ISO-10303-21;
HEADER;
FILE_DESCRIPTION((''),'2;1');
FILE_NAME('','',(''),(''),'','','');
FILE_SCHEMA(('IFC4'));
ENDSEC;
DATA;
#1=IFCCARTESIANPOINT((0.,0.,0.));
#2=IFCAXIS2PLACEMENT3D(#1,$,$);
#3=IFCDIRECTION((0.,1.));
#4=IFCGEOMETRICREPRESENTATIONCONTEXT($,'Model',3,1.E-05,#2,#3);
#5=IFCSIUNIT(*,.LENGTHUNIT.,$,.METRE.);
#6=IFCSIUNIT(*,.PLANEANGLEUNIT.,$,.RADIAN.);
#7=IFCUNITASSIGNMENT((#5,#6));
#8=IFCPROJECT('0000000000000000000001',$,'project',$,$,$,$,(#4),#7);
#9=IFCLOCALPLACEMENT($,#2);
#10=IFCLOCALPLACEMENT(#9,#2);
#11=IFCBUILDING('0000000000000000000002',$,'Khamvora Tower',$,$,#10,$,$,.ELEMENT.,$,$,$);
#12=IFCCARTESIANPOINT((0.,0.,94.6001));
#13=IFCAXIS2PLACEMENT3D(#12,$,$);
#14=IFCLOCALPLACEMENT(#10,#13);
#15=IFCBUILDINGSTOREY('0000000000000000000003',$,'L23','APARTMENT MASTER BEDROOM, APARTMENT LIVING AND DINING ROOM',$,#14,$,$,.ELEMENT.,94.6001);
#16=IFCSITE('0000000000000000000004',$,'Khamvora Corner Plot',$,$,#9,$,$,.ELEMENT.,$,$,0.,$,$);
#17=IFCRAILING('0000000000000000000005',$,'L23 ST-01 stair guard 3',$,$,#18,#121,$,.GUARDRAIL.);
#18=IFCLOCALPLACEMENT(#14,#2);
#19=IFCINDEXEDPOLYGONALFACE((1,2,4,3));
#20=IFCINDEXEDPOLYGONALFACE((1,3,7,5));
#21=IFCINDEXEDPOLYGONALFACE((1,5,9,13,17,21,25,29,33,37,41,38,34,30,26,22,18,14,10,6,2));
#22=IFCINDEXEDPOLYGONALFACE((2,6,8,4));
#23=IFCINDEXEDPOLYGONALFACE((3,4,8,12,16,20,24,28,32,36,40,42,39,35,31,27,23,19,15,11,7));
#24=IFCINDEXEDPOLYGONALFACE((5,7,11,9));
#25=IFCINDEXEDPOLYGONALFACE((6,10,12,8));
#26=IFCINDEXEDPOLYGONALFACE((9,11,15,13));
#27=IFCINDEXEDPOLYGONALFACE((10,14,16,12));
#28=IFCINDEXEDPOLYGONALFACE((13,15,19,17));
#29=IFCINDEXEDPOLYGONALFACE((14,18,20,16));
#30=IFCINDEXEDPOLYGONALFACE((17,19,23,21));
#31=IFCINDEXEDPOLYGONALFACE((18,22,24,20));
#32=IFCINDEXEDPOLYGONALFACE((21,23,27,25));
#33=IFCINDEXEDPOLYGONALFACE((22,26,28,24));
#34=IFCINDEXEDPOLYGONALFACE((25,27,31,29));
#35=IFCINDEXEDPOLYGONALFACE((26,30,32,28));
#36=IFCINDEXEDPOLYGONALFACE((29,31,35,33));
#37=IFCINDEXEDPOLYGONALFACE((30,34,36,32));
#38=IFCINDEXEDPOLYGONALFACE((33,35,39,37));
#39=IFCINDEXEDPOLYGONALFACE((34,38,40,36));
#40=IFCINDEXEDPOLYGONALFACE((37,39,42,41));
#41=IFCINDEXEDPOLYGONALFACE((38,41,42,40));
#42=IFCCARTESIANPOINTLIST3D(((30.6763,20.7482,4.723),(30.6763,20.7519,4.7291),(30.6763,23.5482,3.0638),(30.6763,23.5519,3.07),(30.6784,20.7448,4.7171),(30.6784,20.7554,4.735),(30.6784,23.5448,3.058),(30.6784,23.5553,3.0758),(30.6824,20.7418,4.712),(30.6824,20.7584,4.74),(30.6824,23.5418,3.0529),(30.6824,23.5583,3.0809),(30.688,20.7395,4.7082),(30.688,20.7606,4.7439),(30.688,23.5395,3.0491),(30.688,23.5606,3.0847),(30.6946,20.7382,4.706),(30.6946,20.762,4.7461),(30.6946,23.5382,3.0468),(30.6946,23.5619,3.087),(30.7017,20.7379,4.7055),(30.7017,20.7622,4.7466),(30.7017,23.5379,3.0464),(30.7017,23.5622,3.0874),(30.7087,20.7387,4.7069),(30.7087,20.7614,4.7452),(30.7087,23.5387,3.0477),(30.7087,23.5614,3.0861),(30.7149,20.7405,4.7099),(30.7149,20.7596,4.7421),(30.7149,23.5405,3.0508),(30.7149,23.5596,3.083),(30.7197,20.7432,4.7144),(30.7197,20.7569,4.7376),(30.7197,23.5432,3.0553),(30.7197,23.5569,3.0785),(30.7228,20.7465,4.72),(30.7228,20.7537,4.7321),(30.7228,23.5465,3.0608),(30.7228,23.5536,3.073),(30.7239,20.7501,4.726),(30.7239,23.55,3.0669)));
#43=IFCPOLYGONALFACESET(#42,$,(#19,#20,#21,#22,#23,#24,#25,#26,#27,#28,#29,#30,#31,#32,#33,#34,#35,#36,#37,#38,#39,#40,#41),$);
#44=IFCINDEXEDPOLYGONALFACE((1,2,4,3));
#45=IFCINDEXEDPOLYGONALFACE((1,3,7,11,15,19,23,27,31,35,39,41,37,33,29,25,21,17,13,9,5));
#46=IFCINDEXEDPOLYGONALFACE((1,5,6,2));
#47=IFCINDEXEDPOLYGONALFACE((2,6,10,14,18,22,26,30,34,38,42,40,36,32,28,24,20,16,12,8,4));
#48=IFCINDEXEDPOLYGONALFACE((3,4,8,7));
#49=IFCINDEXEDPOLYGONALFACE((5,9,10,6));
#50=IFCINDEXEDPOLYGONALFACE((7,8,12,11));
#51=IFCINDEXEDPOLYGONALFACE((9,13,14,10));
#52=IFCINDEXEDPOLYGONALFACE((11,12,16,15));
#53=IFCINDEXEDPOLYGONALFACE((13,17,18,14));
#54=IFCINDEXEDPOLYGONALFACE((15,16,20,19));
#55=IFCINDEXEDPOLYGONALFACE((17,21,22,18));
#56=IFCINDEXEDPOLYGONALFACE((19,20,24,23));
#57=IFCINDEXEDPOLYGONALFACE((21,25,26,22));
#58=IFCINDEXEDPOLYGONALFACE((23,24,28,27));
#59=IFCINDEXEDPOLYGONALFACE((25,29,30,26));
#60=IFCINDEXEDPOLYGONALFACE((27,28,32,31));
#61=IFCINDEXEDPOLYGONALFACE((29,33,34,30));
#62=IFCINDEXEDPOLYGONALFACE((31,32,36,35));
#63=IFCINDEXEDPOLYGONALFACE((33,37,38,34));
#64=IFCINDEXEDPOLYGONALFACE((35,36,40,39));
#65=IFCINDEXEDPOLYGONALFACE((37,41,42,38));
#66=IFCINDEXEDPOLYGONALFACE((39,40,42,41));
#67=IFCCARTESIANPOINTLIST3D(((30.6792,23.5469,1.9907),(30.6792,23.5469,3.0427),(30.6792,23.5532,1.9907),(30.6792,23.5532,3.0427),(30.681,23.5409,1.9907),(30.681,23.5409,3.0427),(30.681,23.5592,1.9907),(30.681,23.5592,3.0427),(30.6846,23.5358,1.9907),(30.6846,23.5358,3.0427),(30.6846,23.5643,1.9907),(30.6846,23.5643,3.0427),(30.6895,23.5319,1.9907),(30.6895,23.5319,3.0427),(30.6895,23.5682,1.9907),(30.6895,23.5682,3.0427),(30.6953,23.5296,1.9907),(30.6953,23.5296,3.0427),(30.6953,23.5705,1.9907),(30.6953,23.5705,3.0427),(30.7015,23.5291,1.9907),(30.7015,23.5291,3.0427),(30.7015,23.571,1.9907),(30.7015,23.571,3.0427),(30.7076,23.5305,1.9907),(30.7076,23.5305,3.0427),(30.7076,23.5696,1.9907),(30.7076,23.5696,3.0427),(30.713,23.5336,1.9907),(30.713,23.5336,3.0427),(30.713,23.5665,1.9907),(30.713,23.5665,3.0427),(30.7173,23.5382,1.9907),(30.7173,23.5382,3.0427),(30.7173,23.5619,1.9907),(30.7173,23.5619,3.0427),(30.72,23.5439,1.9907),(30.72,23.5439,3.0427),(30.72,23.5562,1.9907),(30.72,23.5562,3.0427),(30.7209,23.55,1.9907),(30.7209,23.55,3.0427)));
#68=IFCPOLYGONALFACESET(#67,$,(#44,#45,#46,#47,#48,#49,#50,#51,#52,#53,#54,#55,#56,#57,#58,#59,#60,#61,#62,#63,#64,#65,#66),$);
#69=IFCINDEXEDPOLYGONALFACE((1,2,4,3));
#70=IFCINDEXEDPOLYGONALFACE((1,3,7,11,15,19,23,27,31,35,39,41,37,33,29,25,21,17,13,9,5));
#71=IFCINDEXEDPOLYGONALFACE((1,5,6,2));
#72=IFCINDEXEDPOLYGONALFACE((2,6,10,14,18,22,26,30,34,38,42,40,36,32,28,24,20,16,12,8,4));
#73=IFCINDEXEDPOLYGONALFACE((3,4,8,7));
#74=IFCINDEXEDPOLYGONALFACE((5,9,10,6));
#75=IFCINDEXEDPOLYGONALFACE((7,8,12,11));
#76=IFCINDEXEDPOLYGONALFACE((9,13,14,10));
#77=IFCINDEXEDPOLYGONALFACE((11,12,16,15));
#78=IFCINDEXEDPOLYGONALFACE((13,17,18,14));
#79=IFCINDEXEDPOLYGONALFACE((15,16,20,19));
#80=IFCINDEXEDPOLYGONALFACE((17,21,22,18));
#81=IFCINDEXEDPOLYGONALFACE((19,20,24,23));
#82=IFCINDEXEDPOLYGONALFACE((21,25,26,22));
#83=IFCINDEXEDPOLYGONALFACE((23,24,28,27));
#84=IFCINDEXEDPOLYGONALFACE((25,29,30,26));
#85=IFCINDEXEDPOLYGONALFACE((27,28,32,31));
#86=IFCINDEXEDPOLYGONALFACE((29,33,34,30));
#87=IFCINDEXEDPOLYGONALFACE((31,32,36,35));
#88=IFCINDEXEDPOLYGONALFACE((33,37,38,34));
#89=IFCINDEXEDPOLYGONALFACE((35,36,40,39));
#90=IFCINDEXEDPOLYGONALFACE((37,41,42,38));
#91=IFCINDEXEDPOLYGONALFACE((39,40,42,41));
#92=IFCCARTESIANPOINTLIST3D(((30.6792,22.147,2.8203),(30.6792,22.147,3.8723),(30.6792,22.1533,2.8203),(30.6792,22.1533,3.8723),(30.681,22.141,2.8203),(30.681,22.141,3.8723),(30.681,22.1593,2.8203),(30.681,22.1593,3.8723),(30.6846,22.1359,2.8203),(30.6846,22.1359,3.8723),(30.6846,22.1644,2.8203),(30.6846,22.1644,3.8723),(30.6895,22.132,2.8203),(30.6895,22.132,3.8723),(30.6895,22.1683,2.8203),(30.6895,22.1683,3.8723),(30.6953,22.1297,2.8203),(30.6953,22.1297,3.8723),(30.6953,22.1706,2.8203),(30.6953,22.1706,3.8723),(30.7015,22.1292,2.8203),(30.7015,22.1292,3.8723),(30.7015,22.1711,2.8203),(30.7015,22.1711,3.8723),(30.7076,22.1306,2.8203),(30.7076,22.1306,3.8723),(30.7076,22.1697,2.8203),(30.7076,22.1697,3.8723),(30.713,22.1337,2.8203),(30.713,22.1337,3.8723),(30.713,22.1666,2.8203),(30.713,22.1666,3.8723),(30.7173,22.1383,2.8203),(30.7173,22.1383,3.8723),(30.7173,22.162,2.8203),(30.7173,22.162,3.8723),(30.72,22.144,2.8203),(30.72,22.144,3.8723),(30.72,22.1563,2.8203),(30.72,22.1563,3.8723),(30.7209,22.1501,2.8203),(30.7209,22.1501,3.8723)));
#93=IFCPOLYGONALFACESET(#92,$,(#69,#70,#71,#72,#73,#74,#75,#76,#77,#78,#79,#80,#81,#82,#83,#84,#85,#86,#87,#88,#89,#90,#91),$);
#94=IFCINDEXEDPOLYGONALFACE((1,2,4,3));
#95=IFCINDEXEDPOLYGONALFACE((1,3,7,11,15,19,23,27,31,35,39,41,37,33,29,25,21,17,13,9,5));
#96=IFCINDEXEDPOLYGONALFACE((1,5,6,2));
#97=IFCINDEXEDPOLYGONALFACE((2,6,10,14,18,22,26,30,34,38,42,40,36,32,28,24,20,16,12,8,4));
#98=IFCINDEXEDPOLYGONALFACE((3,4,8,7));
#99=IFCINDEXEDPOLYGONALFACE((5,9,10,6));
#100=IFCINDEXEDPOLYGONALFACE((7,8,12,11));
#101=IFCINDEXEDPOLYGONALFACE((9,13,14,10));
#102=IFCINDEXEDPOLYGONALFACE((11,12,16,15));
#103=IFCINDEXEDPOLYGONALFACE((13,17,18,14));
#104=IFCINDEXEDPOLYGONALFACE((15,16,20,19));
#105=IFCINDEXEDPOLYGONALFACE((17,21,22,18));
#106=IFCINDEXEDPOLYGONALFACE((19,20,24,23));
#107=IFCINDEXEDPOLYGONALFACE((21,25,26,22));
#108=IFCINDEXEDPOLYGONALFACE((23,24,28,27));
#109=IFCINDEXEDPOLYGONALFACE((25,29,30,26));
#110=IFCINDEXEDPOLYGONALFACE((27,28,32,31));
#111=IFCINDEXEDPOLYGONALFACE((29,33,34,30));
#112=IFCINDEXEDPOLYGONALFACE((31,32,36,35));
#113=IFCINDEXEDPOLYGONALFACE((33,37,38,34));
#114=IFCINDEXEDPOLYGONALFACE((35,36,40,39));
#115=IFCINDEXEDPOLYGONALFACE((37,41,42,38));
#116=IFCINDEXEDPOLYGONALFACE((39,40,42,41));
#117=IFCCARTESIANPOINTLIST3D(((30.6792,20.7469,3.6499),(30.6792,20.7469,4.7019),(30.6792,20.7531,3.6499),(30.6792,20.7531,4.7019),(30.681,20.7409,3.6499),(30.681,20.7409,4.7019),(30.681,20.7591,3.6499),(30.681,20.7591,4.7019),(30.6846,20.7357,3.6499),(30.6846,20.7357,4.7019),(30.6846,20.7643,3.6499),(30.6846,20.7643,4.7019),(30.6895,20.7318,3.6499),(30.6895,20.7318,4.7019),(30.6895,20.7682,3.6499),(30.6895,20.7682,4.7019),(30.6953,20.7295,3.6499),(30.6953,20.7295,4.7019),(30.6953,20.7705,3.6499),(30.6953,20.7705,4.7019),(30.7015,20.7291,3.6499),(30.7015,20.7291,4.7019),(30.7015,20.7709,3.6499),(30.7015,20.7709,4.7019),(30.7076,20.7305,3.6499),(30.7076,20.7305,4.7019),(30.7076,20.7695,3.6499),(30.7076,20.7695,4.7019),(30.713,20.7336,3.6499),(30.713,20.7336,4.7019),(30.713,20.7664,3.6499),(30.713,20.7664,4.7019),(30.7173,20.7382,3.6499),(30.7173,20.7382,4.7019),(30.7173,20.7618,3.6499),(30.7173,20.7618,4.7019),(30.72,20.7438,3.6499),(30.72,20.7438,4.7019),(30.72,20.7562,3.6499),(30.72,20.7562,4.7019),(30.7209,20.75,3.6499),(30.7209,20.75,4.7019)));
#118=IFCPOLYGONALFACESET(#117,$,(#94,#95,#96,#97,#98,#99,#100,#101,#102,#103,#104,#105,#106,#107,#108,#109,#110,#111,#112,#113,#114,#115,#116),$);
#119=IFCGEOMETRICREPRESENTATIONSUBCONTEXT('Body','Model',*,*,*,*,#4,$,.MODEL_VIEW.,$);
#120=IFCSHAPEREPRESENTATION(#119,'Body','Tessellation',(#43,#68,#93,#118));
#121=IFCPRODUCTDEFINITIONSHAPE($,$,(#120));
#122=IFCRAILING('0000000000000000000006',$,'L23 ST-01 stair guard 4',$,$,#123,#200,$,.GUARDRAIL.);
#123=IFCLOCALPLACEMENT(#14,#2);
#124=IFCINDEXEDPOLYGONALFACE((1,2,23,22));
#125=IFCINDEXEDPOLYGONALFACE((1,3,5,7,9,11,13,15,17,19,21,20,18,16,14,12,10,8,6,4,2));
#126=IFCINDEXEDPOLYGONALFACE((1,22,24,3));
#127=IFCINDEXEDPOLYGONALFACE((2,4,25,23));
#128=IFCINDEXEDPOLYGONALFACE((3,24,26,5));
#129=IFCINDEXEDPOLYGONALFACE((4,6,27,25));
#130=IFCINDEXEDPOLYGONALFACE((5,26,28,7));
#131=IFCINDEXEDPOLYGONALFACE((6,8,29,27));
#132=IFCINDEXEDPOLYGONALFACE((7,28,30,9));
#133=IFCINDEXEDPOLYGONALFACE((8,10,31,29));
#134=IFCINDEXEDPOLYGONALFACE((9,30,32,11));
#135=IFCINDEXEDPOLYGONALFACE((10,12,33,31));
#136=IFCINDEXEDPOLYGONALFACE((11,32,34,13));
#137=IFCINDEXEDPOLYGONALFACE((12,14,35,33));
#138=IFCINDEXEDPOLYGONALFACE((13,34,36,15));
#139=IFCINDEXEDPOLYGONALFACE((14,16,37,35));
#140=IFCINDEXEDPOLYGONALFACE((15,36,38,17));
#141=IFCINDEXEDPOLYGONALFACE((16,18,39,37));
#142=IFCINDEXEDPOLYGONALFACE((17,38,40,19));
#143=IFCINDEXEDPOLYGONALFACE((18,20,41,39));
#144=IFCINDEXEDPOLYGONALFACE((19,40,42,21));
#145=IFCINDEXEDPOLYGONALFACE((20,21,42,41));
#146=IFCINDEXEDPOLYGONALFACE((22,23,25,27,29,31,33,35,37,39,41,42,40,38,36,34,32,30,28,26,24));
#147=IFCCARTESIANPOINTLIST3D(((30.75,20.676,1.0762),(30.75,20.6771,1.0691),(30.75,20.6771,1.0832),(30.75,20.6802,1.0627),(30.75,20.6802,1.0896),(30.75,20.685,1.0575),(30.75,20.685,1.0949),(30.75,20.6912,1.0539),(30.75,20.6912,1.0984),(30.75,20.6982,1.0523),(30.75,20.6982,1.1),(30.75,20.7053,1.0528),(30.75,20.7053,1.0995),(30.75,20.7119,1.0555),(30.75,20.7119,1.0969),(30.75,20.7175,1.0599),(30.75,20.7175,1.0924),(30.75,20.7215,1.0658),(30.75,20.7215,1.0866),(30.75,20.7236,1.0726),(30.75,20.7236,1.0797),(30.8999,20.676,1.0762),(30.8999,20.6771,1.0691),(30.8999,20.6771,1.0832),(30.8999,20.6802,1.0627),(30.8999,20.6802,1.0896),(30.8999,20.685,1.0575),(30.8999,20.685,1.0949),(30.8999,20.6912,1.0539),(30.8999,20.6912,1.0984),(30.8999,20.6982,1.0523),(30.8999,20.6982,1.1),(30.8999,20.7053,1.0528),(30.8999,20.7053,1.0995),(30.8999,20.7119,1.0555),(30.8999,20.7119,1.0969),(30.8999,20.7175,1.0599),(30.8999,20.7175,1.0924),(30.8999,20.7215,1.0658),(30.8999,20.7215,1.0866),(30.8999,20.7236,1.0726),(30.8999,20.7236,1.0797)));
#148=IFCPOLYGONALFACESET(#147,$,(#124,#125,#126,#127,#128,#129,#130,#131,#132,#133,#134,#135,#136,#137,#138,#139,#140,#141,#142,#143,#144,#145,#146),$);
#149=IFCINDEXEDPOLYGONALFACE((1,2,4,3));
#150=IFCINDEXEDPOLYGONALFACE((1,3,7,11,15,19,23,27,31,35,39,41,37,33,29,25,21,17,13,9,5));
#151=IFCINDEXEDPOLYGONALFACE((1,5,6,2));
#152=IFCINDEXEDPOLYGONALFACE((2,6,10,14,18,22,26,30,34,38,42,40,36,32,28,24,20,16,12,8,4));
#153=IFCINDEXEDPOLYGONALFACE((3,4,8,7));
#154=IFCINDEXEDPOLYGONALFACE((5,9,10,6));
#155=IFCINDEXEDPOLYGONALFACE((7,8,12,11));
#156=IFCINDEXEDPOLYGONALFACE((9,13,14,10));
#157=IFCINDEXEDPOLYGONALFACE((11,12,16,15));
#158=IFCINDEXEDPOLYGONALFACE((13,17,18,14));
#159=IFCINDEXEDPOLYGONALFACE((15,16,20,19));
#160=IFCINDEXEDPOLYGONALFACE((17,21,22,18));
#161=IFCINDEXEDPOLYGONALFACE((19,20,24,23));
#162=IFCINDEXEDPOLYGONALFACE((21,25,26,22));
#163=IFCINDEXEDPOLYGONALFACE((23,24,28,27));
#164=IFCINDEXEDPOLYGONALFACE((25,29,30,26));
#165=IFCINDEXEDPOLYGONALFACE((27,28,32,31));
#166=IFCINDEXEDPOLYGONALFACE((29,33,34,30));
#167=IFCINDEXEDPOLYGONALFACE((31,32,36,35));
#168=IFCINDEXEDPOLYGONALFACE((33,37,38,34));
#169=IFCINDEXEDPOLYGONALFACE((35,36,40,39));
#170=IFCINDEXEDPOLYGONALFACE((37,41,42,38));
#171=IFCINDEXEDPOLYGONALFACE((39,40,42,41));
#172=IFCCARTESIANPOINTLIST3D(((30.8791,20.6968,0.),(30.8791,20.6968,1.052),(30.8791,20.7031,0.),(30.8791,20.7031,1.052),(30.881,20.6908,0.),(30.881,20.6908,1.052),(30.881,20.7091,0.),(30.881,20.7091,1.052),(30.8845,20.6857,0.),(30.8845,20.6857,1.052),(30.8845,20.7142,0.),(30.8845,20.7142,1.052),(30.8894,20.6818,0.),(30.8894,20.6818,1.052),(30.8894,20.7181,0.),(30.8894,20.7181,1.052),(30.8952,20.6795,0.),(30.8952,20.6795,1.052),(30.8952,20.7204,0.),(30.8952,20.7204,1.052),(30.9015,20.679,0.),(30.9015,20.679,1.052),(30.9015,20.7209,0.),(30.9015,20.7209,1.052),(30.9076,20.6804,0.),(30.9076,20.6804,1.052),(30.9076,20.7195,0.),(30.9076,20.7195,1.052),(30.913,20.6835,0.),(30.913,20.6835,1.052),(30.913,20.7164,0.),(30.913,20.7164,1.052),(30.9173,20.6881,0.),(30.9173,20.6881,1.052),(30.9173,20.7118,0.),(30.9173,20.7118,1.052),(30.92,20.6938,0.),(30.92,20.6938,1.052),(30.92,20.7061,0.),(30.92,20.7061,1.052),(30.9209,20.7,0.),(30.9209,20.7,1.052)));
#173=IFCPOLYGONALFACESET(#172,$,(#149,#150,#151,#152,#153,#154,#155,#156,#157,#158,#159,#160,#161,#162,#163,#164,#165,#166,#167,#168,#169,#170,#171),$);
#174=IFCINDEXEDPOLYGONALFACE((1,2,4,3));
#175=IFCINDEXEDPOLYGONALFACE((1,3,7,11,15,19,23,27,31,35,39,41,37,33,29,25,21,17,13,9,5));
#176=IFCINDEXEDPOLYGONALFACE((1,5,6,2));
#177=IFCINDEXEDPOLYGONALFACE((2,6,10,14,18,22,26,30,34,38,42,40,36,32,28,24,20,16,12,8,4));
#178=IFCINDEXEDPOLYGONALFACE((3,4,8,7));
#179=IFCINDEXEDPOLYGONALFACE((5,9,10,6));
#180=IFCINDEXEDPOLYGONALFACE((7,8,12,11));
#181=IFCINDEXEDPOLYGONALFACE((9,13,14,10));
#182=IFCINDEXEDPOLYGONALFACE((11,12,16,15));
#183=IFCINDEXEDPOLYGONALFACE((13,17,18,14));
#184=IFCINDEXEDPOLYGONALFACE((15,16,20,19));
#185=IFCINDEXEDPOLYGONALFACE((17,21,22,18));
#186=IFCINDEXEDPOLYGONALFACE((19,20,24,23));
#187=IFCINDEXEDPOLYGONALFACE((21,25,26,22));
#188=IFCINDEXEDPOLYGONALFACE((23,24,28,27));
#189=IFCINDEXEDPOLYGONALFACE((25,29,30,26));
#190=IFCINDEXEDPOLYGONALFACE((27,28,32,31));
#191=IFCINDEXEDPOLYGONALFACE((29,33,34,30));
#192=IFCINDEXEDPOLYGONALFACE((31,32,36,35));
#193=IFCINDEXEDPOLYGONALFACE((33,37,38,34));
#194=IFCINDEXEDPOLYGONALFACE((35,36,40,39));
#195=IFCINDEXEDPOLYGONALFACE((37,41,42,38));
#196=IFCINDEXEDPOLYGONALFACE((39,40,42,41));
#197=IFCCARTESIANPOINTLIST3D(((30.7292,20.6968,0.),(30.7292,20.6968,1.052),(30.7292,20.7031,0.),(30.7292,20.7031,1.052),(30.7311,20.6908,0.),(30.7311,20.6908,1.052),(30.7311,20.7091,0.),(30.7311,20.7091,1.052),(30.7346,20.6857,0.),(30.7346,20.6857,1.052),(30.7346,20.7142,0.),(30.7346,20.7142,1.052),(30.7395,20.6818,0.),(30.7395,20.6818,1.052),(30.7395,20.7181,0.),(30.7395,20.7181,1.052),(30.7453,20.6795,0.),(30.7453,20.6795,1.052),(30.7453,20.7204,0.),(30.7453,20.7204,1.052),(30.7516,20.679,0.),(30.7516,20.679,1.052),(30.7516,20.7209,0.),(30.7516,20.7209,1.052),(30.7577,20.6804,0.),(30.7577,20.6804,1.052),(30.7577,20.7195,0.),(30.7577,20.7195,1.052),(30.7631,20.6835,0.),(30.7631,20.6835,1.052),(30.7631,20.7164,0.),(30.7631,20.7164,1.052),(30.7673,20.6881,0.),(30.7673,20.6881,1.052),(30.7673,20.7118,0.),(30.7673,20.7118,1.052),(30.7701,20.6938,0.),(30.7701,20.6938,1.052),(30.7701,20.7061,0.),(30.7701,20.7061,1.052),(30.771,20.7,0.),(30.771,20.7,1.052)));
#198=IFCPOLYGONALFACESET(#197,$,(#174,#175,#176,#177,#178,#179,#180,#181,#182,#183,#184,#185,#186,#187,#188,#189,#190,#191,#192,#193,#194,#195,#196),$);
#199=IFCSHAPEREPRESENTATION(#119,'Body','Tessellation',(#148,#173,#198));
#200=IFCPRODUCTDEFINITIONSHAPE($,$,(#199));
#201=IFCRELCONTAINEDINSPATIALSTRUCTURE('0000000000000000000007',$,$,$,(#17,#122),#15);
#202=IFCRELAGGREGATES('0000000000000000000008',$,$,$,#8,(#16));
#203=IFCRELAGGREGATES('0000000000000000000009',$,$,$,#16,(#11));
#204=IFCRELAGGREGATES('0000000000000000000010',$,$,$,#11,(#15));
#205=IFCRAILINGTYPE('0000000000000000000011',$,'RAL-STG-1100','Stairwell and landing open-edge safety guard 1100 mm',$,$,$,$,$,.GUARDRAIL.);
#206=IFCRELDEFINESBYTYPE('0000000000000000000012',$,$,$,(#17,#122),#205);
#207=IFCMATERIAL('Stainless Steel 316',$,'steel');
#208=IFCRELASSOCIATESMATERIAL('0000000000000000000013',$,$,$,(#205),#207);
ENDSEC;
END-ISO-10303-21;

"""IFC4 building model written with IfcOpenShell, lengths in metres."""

from ifc_helpers import new_model, si_unit, direction, frame, origin, origin_2d, place, context, subcontext, project, spatial, circle, extrude, material, type_object, element, save


model = new_model("IFC4")

# Units and contexts
model_context = context("Model", 3, precision=1e-05, world=origin(), true_north=direction((0.0, 1.0)))
body_context = subcontext(model_context, "Body", "Model", "MODEL_VIEW")
ifc_project = project(units=[si_unit("LENGTHUNIT", "METRE"), si_unit("PLANEANGLEUNIT", "RADIAN")], contexts=[model_context])

# Site, building, storey
site_placement = place(None, origin())
site = spatial("IfcSite", under=ifc_project, at=site_placement, Name="Khamvora Corner Plot", CompositionType="ELEMENT", RefElevation=0.0)
building_placement = place(site_placement, origin())
building = spatial("IfcBuilding", under=site, at=building_placement, Name="Khamvora Tower", CompositionType="ELEMENT")
storey_placement = place(building_placement, frame((0.0, 0.0, 94.6001)))
storey = spatial("IfcBuildingStorey", under=building, at=storey_placement, Name="L23", Description="APARTMENT MASTER BEDROOM, APARTMENT LIVING AND DINING ROOM", CompositionType="ELEMENT", Elevation=94.6001)

# Railings
ifc_material_1 = material(Name="Stainless Steel 316", Category="steel")
railing_type_1 = type_object("IfcRailingType", Name="RAL-STG-1100", Description="Stairwell and landing open-edge safety guard 1100 mm", PredefinedType="GUARDRAIL", material=ifc_material_1)
railing_1_placement = place(storey_placement, frame((30.7, 23.55, 1.9907)))
element("IfcRailing", 1, at=railing_1_placement, inside=storey, type_object=railing_type_1, Name="L23 ST-01 stair guard 3", PredefinedType="GUARDRAIL", context=body_context, shape_type="SweptSolid", body=[
    extrude(circle(Radius=0.0239, at=origin_2d()), frame((0.0, 0.0, 1.0762), z_axis=(0.0, -0.860306, 0.509778), x_axis=(1.0, 0.0, 0.0)), (0.0, 0.0, 1.0), 3.2546),
    extrude(circle(Radius=0.021, at=origin_2d()), origin(), (0.0, 0.0, 1.0), 1.052),
    extrude(circle(Radius=0.021, at=origin_2d()), frame((0.0, -1.3999, 0.8296)), (0.0, 0.0, 1.0), 1.052),
    extrude(circle(Radius=0.021, at=origin_2d()), frame((0.0, -2.8, 1.6592)), (0.0, 0.0, 1.0), 1.052),
])
railing_2_placement = place(storey_placement, frame((30.8999, 20.7, 0.0)))
element("IfcRailing", 2, at=railing_2_placement, inside=storey, type_object=railing_type_1, Name="L23 ST-01 stair guard 4", PredefinedType="GUARDRAIL", context=body_context, shape_type="SweptSolid", body=[
    extrude(circle(Radius=0.0239, at=origin_2d()), frame((0.0, 0.0, 1.0762), z_axis=(-1.0, 0.0, 0.0), x_axis=(0.0, -1.0, 0.0)), (0.0, 0.0, 1.0), 0.1499),
    extrude(circle(Radius=0.021, at=origin_2d()), origin(), (0.0, 0.0, 1.0), 1.052),
    extrude(circle(Radius=0.021, at=origin_2d()), frame((-0.1499, 0.0, 0.0)), (0.0, 0.0, 1.0), 1.052),
])

save(model, "model.ifc")
